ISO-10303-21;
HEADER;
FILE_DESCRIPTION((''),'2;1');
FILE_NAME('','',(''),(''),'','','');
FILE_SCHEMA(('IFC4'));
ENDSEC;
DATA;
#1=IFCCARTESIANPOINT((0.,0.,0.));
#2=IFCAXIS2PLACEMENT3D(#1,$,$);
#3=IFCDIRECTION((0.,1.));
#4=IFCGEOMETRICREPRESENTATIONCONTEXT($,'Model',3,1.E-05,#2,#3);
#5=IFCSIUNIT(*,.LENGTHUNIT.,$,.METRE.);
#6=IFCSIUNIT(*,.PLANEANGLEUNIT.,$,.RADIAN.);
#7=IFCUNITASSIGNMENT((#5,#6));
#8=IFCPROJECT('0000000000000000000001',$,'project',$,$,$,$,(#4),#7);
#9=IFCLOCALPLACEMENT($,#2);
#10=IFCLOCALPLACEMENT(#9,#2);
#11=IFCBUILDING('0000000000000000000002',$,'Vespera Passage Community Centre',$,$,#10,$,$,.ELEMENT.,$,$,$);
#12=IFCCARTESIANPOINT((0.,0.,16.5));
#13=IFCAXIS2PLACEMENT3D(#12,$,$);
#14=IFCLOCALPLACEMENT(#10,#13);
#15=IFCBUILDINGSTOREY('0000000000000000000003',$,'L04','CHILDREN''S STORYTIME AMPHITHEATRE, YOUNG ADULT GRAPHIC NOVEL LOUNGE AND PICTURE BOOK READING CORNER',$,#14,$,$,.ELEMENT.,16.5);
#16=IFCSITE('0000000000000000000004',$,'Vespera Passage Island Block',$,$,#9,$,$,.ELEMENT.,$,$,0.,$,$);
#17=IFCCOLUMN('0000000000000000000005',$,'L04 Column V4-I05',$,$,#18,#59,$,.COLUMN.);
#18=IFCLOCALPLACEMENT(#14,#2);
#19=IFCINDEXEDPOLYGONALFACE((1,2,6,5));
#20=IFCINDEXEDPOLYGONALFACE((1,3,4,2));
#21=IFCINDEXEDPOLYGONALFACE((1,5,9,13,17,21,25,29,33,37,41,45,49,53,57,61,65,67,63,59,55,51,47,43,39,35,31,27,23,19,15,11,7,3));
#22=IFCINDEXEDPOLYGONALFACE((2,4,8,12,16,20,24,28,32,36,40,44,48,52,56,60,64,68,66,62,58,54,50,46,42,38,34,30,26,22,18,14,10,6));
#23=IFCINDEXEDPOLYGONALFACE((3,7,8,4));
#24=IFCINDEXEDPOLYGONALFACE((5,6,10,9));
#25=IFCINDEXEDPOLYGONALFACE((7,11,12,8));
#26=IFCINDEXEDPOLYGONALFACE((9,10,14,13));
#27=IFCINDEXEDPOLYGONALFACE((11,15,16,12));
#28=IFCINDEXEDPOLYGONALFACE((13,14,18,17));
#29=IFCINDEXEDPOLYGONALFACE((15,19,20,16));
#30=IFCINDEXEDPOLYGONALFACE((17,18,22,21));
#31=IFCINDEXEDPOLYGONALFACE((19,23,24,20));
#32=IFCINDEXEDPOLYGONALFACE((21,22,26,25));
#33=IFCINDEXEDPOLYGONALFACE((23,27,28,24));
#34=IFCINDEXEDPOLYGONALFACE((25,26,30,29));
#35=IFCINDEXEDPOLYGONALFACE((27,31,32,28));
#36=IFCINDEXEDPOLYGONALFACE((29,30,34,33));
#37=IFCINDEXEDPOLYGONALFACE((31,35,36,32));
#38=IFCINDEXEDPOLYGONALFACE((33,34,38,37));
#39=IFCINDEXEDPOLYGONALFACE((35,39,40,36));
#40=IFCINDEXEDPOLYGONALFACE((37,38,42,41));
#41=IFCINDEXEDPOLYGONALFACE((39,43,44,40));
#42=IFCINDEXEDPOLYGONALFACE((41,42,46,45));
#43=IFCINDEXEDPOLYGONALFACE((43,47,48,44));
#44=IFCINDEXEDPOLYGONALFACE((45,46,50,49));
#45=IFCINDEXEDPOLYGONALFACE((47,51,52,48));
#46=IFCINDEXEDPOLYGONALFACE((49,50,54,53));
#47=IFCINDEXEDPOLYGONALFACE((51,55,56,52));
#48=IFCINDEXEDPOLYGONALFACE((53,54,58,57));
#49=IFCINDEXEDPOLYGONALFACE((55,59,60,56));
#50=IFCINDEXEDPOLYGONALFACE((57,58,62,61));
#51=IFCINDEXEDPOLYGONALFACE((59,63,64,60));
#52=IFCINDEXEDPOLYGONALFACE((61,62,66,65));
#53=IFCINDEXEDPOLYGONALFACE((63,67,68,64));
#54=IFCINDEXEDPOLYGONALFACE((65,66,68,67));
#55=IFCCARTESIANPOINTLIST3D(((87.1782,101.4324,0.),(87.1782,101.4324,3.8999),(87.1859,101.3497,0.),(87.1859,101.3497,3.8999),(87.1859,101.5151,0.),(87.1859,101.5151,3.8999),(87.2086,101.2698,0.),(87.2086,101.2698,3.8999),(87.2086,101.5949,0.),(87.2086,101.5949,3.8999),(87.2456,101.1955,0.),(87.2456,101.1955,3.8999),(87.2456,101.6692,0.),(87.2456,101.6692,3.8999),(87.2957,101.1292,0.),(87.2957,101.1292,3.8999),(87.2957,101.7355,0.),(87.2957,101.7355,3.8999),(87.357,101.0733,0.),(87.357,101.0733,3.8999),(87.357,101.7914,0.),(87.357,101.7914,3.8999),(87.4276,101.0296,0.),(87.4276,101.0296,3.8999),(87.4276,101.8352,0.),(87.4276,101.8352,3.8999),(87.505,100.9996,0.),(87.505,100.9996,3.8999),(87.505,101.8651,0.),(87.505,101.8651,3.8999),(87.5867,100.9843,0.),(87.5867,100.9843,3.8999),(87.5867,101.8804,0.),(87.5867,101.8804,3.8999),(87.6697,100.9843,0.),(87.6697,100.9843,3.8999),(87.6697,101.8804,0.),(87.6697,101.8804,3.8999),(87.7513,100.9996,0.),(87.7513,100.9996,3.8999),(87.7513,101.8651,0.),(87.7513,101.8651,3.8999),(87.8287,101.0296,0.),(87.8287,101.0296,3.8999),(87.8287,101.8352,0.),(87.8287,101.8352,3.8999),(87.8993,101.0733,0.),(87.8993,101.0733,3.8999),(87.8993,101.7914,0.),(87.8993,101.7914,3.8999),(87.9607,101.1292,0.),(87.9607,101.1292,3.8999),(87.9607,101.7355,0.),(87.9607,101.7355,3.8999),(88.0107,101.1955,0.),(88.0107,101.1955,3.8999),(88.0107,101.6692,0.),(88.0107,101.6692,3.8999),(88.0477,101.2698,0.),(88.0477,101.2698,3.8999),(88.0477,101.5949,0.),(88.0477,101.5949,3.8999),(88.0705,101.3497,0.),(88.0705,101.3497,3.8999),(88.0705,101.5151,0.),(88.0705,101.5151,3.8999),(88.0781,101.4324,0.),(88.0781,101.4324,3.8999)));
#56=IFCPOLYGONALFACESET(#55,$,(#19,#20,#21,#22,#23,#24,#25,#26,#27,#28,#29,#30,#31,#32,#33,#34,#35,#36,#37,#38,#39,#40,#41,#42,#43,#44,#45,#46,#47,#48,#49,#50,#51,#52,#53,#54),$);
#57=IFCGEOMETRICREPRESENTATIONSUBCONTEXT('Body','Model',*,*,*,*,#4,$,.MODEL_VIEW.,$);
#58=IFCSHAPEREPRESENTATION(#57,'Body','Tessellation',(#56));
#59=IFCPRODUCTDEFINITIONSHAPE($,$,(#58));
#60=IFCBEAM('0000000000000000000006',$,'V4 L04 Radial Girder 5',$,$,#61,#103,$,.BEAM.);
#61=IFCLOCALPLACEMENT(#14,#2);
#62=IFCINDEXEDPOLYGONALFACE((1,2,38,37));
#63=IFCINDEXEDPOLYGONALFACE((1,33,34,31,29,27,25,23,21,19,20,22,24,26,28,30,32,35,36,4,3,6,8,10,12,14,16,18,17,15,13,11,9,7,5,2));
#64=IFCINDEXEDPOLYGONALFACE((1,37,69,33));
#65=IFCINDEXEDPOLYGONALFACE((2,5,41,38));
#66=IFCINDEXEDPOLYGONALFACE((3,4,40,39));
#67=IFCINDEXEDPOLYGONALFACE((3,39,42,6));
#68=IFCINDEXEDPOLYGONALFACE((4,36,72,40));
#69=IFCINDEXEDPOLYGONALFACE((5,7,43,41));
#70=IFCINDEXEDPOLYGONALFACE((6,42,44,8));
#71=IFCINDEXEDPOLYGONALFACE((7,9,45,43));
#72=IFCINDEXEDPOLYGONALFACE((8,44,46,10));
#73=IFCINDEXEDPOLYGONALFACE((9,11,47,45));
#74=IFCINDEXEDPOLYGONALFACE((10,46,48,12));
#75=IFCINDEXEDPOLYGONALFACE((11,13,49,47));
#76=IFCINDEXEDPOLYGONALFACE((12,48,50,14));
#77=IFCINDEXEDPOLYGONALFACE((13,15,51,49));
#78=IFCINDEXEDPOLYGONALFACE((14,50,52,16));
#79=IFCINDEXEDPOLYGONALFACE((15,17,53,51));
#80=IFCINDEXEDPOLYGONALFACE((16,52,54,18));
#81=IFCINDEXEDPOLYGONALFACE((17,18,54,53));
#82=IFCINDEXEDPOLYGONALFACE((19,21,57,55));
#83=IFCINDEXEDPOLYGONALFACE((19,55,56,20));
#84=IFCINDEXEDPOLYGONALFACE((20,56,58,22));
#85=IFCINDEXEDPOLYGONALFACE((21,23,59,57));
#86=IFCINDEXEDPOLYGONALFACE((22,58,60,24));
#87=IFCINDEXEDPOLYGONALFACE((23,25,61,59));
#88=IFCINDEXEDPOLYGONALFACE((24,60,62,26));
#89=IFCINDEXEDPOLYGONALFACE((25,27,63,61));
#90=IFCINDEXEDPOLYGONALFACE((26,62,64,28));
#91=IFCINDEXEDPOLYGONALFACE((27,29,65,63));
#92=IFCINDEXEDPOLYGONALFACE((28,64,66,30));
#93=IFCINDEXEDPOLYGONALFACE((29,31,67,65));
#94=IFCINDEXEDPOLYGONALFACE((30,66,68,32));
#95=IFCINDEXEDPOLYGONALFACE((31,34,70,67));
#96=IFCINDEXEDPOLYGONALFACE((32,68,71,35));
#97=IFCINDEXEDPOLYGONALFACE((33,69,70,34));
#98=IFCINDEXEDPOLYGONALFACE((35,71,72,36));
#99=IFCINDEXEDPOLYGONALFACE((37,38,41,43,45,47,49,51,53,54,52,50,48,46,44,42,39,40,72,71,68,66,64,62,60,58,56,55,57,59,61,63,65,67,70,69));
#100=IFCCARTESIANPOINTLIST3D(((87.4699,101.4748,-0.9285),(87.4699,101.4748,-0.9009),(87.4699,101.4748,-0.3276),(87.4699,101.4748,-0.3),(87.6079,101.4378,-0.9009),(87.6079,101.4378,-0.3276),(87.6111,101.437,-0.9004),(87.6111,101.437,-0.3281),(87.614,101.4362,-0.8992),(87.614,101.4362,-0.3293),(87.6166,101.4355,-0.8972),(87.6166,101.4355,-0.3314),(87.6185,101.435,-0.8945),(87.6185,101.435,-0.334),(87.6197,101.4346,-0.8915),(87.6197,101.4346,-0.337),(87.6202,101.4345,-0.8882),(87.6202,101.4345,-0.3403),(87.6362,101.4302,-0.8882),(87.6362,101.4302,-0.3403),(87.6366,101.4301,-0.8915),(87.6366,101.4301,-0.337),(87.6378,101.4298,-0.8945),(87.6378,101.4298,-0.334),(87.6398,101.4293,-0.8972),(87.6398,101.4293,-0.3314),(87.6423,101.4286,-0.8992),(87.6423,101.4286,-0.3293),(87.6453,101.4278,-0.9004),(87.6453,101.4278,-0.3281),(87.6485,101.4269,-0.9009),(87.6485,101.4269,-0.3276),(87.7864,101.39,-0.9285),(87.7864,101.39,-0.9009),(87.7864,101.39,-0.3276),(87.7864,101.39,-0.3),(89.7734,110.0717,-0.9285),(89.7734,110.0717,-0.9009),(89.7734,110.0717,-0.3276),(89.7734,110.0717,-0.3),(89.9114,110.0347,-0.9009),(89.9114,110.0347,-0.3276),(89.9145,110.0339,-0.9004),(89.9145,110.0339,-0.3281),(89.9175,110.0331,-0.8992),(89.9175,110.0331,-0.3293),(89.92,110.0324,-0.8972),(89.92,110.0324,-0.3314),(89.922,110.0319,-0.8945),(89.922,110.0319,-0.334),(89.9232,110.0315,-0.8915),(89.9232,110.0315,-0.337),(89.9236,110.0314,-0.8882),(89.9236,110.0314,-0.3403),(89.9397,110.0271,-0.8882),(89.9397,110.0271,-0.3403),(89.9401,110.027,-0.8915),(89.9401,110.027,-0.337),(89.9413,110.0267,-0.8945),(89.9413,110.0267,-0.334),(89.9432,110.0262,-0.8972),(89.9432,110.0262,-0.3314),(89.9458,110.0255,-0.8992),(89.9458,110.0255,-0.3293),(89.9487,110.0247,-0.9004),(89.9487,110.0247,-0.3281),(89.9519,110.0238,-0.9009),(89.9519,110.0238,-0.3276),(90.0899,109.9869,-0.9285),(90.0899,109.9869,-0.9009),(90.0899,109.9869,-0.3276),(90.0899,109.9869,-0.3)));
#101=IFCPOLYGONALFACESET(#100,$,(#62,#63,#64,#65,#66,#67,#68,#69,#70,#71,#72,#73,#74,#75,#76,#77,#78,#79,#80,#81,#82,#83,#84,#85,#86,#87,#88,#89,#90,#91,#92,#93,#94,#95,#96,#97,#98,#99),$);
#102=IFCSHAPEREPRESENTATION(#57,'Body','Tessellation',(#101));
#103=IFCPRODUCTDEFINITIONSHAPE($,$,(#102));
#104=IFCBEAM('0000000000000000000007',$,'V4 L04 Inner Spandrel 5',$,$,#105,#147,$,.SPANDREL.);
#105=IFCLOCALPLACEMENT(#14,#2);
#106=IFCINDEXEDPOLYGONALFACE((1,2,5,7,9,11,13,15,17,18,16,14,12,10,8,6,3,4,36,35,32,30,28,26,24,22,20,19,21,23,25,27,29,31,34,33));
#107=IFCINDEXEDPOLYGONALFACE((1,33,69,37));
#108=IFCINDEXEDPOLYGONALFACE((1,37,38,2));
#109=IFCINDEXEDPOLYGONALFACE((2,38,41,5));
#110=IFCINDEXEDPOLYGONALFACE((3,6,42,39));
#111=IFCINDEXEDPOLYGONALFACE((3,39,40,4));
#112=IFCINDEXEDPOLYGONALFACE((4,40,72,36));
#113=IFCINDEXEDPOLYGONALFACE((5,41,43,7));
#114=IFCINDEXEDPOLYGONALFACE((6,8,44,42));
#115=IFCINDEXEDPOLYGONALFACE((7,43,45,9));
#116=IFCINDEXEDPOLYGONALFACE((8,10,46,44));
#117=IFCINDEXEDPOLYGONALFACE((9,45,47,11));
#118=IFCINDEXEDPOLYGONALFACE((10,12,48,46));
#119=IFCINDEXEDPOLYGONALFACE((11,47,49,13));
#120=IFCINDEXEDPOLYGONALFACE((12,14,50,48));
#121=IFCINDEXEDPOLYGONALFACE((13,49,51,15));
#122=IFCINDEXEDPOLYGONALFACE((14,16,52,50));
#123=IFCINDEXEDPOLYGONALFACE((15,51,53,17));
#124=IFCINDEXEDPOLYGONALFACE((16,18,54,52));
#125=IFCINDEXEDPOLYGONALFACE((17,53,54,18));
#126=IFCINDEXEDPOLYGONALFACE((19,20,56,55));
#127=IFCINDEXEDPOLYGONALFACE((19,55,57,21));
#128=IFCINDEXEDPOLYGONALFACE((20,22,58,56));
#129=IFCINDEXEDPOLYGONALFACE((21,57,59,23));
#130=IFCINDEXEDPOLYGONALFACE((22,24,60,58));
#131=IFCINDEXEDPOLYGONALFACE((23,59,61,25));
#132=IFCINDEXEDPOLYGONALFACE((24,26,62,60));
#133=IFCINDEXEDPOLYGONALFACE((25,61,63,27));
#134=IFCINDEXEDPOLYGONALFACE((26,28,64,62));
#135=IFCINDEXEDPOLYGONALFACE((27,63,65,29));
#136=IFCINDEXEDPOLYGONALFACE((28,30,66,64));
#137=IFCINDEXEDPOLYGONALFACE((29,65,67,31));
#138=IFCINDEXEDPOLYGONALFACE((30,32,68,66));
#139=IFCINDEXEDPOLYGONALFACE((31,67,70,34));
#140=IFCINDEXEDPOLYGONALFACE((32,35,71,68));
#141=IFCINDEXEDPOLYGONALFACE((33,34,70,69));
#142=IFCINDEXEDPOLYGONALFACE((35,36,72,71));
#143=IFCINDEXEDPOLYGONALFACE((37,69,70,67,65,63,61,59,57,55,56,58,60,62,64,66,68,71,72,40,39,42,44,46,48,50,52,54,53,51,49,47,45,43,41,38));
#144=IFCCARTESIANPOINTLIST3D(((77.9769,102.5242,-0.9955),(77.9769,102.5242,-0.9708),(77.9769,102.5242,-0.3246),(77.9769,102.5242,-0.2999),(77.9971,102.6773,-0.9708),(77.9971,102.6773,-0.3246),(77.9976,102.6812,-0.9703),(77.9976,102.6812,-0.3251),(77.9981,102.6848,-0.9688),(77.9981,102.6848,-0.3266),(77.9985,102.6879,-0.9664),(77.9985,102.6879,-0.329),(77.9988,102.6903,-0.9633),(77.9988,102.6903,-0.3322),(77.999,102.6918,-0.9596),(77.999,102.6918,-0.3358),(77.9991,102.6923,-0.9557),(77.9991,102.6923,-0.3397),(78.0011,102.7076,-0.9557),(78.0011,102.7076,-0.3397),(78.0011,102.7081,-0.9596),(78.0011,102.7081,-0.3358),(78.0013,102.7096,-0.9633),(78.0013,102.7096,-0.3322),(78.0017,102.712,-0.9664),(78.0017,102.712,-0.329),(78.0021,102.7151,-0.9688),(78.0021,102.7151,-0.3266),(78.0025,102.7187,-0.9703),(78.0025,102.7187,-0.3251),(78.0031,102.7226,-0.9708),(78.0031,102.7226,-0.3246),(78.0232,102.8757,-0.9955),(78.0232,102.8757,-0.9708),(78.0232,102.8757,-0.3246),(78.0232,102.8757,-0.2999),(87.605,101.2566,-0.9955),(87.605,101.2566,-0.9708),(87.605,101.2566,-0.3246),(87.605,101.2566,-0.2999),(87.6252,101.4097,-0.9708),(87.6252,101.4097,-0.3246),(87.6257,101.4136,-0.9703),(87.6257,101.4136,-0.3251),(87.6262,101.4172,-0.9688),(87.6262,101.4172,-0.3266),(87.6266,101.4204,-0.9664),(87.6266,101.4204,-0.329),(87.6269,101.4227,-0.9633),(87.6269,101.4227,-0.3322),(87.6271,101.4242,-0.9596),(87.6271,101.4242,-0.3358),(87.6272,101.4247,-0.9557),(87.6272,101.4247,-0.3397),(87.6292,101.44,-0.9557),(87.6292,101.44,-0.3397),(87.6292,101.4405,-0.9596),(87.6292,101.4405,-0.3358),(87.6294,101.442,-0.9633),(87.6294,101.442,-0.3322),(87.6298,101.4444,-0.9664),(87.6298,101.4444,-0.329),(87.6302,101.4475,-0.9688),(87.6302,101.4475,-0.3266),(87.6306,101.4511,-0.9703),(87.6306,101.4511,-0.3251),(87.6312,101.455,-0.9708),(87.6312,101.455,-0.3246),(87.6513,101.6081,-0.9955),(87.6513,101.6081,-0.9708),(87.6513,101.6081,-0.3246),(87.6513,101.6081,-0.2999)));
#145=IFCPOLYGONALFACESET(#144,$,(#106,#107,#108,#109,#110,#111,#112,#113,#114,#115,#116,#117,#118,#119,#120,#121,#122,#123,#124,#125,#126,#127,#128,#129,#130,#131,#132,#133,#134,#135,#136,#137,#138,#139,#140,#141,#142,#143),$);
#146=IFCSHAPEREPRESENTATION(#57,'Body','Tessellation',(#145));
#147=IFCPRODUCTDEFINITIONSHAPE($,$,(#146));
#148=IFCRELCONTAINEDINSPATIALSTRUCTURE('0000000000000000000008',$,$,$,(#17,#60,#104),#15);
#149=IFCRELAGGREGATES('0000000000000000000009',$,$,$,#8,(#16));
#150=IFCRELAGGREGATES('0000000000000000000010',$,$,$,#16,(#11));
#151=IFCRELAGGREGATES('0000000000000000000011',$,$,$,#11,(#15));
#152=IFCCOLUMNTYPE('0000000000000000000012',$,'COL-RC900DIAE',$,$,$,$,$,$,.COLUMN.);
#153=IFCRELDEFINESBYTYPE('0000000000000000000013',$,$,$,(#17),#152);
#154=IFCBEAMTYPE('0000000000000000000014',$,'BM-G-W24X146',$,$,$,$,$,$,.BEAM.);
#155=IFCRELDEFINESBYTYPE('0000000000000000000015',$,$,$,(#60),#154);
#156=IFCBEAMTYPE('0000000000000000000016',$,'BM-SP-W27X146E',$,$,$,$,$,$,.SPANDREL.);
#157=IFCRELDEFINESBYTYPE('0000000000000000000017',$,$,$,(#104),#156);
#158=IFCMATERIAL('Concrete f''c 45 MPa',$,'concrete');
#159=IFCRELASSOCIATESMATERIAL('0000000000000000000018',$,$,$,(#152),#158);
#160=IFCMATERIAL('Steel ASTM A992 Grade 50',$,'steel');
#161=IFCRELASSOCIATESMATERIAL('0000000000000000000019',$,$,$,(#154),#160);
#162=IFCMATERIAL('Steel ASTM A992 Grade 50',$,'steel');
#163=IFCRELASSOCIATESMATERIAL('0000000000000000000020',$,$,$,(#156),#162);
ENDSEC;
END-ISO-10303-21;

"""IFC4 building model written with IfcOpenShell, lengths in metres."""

from ifc_helpers import new_model, si_unit, direction, frame, origin, origin_2d, place, context, subcontext, project, spatial, circle, i_section, extrude, material, material_profile, profile_set, type_object, element, save


model = new_model("IFC4")

# Units and contexts
model_context = context("Model", 3, precision=1e-05, world=origin(), true_north=direction((0.0, 1.0)))
body_context = subcontext(model_context, "Body", "Model", "MODEL_VIEW")
ifc_project = project(units=[si_unit("LENGTHUNIT", "METRE"), si_unit("PLANEANGLEUNIT", "RADIAN")], contexts=[model_context])

# Site, building, storey
site_placement = place(None, origin())
site = spatial("IfcSite", under=ifc_project, at=site_placement, Name="Vespera Passage Island Block", CompositionType="ELEMENT", RefElevation=0.0)
building_placement = place(site_placement, origin())
building = spatial("IfcBuilding", under=site, at=building_placement, Name="Vespera Passage Community Centre", CompositionType="ELEMENT")
storey_placement = place(building_placement, frame((0.0, 0.0, 16.5)))
storey = spatial("IfcBuildingStorey", under=building, at=storey_placement, Name="L04", Description="CHILDREN'S STORYTIME AMPHITHEATRE, YOUNG ADULT GRAPHIC NOVEL LOUNGE AND PICTURE BOOK READING CORNER", CompositionType="ELEMENT", Elevation=16.5)

# Column
ifc_material_1 = material(Name="Concrete f'c 45 MPa", Category="concrete")
ifc_material_profile_1 = material_profile(ifc_material_1, circle(Radius=0.45, at=origin_2d()), Name="RC900DIA")
ifc_profile_set_1 = profile_set([ifc_material_profile_1], Name="Concrete f'c 45 MPa")
column_type = type_object("IfcColumnType", Name="COL-RC900DIAE", PredefinedType="COLUMN", material=ifc_profile_set_1)
column_placement = place(storey_placement, frame((87.6282, 101.4324, 0.0), z_axis=(0.0, 0.0, 1.0), x_axis=(1.0, 0.0, 0.0)))
element("IfcColumn", 1, at=column_placement, inside=storey, type_object=column_type, Name="L04 Column V4-I05", PredefinedType="COLUMN", context=body_context, shape_type="SweptSolid", body=[
    extrude(circle(Radius=0.45, at=origin_2d()), origin(), (0.0, 0.0, 1.0), 3.8999),
])

# Beams
ifc_material_2 = material(Name="Steel ASTM A992 Grade 50", Category="steel")
ifc_material_profile_2 = material_profile(ifc_material_2, i_section(OverallWidth=0.3276, OverallDepth=0.6284, WebThickness=0.0166, FlangeThickness=0.0276, FilletRadius=0.0127, at=origin_2d()), Name="W24X146")
ifc_profile_set_2 = profile_set([ifc_material_profile_2], Name="Steel ASTM A992 Grade 50")
beam_type_1 = type_object("IfcBeamType", Name="BM-G-W24X146", PredefinedType="BEAM", material=ifc_profile_set_2)
beam_1_placement = place(storey_placement, frame((87.6282, 101.4324, -0.6143), z_axis=(0.258811, 0.965928, 0.0), x_axis=(-0.965928, 0.258811, 0.0)))
element("IfcBeam", 2, at=beam_1_placement, inside=storey, type_object=beam_type_1, Name="V4 L04 Radial Girder 5", PredefinedType="BEAM", context=body_context, shape_type="SweptSolid", body=[
    extrude(i_section(OverallWidth=0.3276, OverallDepth=0.6284, WebThickness=0.0166, FlangeThickness=0.0276, FilletRadius=0.0127, at=origin_2d()), origin(), (0.0, 0.0, 1.0), 8.9001),
])
ifc_material_3 = material(Name="Steel ASTM A992 Grade 50", Category="steel")
ifc_material_profile_3 = material_profile(ifc_material_3, i_section(OverallWidth=0.3545, OverallDepth=0.6956, WebThickness=0.0154, FlangeThickness=0.0247, FilletRadius=0.0151, at=origin_2d()), Name="W27X146")
ifc_profile_set_3 = profile_set([ifc_material_profile_3], Name="Steel ASTM A992 Grade 50")
beam_type_2 = type_object("IfcBeamType", Name="BM-SP-W27X146E", PredefinedType="SPANDREL", material=ifc_profile_set_3)
beam_2_placement = place(storey_placement, frame((87.6282, 101.4324, -0.6477), z_axis=(-0.991445, 0.130527, 0.0), x_axis=(-0.130527, -0.991445, 0.0)))
element("IfcBeam", 3, at=beam_2_placement, inside=storey, type_object=beam_type_2, Name="V4 L04 Inner Spandrel 5", PredefinedType="SPANDREL", context=body_context, shape_type="SweptSolid", body=[
    extrude(i_section(OverallWidth=0.3545, OverallDepth=0.6956, WebThickness=0.0154, FlangeThickness=0.0247, FilletRadius=0.0151, at=origin_2d()), origin(), (0.0, 0.0, 1.0), 9.7112),
])

save(model, "model.ifc")
